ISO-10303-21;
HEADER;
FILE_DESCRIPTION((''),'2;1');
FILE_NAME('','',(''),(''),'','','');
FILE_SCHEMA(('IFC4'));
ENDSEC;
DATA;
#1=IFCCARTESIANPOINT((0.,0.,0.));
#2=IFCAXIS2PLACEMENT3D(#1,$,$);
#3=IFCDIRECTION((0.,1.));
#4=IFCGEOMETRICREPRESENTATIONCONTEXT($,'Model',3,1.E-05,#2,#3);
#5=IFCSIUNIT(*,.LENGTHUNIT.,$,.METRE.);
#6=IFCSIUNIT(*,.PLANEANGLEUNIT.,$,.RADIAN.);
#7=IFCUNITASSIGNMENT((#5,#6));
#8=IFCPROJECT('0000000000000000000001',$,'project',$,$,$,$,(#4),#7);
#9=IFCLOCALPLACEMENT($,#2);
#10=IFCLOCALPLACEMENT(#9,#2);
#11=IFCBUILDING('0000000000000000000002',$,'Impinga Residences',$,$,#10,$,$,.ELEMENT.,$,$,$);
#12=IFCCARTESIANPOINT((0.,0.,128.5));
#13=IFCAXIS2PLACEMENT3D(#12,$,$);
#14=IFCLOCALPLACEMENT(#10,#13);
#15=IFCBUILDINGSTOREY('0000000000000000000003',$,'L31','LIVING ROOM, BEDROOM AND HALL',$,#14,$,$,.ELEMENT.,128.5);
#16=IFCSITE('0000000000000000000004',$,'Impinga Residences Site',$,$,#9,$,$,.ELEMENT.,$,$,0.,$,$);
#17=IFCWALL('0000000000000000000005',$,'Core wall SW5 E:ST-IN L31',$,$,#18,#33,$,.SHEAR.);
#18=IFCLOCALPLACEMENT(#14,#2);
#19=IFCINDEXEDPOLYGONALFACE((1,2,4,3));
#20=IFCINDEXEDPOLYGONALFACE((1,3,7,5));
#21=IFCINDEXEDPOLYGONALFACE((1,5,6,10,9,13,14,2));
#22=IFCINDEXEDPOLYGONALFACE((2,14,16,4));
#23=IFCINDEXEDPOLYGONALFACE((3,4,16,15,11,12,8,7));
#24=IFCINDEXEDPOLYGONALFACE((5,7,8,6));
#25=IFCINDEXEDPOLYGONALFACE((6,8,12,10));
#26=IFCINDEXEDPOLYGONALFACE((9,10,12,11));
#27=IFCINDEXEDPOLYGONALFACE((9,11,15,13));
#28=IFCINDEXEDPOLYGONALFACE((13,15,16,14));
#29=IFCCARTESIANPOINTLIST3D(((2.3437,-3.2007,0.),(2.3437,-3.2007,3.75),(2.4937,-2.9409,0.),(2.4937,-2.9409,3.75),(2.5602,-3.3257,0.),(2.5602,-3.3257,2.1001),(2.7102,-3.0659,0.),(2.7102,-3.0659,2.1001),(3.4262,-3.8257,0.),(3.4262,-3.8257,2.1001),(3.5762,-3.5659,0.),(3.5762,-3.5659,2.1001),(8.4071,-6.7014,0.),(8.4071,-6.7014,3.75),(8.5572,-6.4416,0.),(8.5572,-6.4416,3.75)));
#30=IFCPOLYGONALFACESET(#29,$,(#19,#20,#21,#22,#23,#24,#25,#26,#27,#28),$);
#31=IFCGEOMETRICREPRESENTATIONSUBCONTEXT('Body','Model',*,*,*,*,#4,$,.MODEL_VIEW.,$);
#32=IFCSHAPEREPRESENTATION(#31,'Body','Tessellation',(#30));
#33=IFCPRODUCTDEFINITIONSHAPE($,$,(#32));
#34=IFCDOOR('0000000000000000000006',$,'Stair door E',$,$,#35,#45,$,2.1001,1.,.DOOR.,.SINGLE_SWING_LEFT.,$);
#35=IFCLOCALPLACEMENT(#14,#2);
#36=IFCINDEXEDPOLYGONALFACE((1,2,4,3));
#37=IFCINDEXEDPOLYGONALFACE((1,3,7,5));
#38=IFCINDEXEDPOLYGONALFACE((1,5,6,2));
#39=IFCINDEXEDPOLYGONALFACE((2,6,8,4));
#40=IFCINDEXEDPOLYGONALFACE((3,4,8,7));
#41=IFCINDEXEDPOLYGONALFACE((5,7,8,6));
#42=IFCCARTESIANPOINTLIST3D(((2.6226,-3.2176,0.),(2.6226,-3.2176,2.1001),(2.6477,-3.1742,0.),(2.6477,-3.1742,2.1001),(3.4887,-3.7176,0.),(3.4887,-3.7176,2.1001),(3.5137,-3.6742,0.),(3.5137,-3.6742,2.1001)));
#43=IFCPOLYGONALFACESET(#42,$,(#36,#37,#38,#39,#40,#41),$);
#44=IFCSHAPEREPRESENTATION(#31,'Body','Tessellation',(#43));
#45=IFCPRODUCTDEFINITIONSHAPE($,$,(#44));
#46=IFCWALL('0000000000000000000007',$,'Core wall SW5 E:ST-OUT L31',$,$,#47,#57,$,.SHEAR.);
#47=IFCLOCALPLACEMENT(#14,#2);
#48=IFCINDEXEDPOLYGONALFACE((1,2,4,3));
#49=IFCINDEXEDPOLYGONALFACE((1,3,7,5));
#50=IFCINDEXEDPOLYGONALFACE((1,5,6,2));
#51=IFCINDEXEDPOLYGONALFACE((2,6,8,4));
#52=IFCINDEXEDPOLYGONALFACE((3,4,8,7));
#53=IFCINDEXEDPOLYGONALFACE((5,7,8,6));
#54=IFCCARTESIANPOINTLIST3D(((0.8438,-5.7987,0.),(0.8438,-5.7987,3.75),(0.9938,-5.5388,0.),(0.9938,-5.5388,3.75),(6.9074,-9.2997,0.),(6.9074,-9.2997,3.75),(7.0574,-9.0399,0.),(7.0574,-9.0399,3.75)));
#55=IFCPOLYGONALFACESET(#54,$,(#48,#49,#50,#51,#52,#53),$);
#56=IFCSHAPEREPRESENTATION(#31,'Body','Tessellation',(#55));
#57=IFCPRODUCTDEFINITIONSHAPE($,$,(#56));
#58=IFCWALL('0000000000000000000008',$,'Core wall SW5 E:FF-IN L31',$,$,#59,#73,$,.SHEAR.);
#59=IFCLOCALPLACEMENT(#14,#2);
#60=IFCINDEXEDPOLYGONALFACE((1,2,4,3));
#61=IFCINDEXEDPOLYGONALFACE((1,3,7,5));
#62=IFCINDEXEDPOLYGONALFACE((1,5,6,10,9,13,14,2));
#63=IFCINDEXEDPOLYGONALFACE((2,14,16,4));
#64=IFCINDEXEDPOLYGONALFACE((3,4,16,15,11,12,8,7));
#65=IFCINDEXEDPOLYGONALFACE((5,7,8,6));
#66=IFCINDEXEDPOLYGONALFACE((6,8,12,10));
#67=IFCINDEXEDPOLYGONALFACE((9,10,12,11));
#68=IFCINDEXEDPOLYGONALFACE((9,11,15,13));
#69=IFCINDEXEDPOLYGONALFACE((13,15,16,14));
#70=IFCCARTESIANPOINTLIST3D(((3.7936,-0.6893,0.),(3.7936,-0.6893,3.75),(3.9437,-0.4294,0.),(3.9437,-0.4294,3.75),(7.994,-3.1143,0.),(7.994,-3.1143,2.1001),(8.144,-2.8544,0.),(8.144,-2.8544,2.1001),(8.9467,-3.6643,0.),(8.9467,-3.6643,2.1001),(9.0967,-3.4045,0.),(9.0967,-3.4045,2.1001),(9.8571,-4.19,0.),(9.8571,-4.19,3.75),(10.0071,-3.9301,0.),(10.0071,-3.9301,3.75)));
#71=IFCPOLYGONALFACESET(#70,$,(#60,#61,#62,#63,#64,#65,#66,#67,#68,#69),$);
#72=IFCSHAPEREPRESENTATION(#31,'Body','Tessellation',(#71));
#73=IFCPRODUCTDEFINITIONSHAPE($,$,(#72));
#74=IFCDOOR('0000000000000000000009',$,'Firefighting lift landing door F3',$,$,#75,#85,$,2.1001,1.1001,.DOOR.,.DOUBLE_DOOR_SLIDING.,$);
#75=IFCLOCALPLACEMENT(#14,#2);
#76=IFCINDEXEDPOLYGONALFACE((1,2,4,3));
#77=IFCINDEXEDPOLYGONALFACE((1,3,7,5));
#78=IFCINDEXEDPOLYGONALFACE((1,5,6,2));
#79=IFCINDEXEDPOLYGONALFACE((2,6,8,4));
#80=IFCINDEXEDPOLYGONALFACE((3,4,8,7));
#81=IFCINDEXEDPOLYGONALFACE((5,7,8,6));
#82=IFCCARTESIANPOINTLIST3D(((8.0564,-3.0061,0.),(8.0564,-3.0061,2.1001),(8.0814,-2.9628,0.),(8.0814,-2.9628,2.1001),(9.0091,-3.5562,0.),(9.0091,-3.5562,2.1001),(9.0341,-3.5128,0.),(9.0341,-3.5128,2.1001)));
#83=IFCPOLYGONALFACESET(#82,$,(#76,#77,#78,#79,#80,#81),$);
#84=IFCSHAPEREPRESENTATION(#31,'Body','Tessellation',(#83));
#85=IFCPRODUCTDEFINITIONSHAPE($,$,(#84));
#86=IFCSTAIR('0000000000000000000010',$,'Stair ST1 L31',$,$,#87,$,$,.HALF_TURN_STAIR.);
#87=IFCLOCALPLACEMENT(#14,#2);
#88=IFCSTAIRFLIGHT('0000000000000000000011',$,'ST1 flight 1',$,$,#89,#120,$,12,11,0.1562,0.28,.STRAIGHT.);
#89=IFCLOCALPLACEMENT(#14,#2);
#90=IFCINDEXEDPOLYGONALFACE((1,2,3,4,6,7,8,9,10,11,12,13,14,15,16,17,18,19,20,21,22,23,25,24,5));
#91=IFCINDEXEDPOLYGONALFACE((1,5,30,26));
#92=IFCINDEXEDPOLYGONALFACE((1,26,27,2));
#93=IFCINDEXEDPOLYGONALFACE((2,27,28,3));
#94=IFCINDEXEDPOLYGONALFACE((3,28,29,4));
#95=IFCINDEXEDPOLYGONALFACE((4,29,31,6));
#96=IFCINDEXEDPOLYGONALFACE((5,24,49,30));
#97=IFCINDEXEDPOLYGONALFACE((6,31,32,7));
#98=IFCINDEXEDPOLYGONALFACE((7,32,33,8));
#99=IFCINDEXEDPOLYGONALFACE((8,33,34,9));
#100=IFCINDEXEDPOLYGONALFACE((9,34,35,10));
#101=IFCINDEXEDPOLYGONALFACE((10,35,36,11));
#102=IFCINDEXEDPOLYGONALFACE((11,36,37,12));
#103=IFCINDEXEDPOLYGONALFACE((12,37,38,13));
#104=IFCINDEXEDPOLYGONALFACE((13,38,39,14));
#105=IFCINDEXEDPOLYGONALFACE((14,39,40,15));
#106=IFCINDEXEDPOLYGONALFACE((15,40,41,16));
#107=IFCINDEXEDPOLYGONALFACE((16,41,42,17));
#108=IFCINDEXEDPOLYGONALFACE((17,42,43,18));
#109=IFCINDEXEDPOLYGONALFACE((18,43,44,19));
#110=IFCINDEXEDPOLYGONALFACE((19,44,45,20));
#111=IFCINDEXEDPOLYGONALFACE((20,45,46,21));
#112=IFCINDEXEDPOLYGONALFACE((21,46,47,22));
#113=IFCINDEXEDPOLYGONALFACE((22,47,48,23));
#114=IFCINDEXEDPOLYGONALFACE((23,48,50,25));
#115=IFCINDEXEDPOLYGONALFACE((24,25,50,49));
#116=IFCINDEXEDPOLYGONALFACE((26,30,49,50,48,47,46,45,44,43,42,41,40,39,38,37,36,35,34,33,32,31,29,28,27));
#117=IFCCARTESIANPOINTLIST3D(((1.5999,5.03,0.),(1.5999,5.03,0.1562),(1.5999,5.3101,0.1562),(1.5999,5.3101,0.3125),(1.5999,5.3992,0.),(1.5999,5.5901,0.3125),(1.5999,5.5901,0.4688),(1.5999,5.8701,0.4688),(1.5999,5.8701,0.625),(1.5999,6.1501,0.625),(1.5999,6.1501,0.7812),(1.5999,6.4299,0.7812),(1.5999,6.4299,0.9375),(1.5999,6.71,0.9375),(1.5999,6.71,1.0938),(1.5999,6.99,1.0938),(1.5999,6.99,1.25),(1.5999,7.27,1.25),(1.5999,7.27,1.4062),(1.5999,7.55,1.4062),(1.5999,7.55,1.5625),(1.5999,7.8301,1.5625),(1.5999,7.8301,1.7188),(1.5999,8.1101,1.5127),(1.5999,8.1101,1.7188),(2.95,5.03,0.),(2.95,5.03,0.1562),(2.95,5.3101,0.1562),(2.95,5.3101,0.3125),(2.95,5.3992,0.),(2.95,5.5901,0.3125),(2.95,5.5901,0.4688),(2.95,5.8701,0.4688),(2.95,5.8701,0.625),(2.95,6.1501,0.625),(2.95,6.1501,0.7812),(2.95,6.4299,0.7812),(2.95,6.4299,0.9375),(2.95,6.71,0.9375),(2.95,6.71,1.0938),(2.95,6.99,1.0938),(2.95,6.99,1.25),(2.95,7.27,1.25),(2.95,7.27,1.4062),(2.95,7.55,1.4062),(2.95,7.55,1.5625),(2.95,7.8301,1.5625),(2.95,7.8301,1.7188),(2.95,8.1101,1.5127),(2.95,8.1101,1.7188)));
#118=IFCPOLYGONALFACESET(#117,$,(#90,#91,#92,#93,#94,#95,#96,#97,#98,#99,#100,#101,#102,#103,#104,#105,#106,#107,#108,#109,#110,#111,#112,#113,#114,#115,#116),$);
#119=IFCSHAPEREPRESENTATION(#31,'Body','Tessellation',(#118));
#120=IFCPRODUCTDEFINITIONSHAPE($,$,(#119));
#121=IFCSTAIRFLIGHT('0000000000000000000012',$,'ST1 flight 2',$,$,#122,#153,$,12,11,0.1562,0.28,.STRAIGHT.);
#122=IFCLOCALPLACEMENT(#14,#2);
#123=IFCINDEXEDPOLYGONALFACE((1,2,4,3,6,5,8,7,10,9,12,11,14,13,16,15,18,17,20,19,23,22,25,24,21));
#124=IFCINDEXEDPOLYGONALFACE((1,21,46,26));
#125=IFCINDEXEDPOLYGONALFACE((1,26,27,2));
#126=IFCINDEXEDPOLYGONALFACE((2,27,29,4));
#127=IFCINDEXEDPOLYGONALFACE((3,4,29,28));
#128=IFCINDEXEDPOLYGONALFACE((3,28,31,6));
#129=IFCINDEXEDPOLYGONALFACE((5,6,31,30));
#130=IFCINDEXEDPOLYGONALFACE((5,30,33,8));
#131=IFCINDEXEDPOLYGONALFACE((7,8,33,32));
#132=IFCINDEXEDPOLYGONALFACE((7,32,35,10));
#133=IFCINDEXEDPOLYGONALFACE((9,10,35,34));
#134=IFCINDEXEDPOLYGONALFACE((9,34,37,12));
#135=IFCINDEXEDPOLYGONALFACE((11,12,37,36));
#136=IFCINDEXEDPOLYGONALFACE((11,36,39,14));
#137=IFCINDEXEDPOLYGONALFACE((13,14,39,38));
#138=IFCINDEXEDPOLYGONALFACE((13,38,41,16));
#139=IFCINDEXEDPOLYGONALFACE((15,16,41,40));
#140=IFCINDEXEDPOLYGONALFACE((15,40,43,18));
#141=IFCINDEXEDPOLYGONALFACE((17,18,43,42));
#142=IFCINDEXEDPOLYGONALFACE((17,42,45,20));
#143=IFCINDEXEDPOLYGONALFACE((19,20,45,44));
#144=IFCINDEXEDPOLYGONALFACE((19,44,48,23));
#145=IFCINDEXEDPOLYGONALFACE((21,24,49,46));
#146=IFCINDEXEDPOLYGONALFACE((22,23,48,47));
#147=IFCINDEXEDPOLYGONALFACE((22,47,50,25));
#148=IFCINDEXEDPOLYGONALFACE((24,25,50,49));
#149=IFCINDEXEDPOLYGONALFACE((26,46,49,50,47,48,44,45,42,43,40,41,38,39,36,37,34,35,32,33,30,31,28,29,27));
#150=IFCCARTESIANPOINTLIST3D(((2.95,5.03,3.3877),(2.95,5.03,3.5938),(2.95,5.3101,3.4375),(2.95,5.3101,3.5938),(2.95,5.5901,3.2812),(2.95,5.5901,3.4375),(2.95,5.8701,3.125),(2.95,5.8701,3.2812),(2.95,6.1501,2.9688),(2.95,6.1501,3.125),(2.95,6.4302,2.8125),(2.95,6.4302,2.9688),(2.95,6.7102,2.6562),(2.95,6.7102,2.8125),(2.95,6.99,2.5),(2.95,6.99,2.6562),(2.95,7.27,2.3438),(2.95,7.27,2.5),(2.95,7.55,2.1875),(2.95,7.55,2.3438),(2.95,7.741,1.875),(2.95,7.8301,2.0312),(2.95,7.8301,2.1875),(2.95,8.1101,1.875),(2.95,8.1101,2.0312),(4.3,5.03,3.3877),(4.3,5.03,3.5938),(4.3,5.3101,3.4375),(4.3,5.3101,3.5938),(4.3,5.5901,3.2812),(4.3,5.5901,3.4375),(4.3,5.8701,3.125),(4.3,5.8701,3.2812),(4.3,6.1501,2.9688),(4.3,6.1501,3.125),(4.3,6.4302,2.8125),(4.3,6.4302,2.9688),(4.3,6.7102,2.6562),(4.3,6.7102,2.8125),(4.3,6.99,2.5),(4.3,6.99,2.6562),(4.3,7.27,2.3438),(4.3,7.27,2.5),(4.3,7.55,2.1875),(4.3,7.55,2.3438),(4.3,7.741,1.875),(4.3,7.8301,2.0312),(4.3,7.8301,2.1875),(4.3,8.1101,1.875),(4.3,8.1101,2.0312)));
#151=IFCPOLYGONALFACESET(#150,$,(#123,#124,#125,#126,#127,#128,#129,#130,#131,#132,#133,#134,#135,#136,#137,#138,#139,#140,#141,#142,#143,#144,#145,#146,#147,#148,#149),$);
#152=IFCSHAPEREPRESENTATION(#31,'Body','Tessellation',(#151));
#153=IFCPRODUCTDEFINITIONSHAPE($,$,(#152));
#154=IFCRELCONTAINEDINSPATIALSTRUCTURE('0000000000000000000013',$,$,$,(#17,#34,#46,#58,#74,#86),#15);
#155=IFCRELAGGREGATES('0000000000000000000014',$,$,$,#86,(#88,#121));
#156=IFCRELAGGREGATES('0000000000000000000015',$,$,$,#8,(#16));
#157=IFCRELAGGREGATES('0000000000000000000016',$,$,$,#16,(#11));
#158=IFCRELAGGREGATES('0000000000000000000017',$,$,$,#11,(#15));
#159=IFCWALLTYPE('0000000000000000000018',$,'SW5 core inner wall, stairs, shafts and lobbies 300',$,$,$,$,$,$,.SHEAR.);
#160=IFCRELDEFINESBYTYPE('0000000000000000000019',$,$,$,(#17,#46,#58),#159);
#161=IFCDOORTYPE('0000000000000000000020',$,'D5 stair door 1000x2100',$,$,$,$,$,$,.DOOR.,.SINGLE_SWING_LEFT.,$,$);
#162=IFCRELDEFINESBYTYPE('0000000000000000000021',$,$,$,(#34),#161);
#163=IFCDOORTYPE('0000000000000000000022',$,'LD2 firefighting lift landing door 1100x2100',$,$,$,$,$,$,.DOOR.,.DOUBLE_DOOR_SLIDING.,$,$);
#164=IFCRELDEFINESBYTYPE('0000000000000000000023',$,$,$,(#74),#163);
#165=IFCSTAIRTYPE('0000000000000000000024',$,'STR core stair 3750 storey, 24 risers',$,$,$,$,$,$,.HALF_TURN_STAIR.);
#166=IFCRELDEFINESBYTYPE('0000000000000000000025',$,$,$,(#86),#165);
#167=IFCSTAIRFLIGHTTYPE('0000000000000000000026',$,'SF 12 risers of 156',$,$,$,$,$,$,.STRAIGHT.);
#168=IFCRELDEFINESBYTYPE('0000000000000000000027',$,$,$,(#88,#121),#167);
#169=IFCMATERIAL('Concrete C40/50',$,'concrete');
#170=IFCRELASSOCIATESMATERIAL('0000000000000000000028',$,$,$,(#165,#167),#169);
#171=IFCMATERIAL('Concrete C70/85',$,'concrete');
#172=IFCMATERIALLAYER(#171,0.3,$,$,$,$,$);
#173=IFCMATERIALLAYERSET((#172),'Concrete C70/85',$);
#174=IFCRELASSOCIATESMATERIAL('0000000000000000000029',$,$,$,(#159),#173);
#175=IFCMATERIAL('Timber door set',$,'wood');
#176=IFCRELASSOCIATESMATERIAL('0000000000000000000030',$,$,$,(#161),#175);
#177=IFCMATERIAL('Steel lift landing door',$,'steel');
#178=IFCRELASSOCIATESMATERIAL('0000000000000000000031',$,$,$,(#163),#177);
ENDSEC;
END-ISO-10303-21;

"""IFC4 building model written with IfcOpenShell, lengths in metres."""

from ifc_helpers import new_model, si_unit, direction, frame, frame_2d, origin, place, context, subcontext, project, spatial, polyline, rectangle, outline, extrude, material, layer, layer_set, type_object, element, fill, aggregate, save


model = new_model("IFC4")

# Units and contexts
model_context = context("Model", 3, precision=1e-05, world=origin(), true_north=direction((0.0, 1.0)))
body_context = subcontext(model_context, "Body", "Model", "MODEL_VIEW")
ifc_project = project(units=[si_unit("LENGTHUNIT", "METRE"), si_unit("PLANEANGLEUNIT", "RADIAN")], contexts=[model_context])

# Site, building, storey
site_placement = place(None, origin())
site = spatial("IfcSite", under=ifc_project, at=site_placement, Name="Impinga Residences Site", CompositionType="ELEMENT", RefElevation=0.0)
building_placement = place(site_placement, origin())
building = spatial("IfcBuilding", under=site, at=building_placement, Name="Impinga Residences", CompositionType="ELEMENT")
storey_placement = place(building_placement, frame((0.0, 0.0, 128.5)))
storey = spatial("IfcBuildingStorey", under=building, at=storey_placement, Name="L31", Description="LIVING ROOM, BEDROOM AND HALL", CompositionType="ELEMENT", Elevation=128.5)

# Shared definitions
ifc_material_1 = material(Name="Concrete C40/50", Category="concrete")
stair_type_1 = type_object("IfcStairType", Name="STR core stair 3750 storey, 24 risers", PredefinedType="HALF_TURN_STAIR", material=ifc_material_1)

# Shared definitions
ifc_material_2 = material(Name="Concrete C70/85", Category="concrete")
ifc_layer_1 = layer(ifc_material_2, 0.3)
ifc_layer_set_1 = layer_set([ifc_layer_1], Name="Concrete C70/85")
wall_type = type_object("IfcWallType", Name="SW5 core inner wall, stairs, shafts and lobbies 300", PredefinedType="SHEAR", material=ifc_layer_set_1)
ifc_material_3 = material(Name="Timber door set", Category="wood")
door_type_1 = type_object("IfcDoorType", Name="D5 stair door 1000x2100", OperationType="SINGLE_SWING_LEFT", PredefinedType="DOOR", material=ifc_material_3)

# Wall, opening, door
wall_1_placement = place(storey_placement, frame((2.4187, -3.0708, 0.0), z_axis=(0.0, 0.0, 1.0), x_axis=(0.866026, -0.499998, 0.0)))
wall_1 = element("IfcWall", 1, at=wall_1_placement, inside=storey, type_object=wall_type, Name="Core wall SW5 E:ST-IN L31", PredefinedType="SHEAR", context=body_context, shape_type="SweptSolid", body=[
    extrude(rectangle(XDim=7.0015, YDim=0.3, at=frame_2d((3.5007, 0.0))), origin(), (0.0, 0.0, 1.0), 3.75),
])
opening_1_placement = place(wall_1_placement, frame((0.25, 0.0, 0.0)))
opening_1 = element("IfcOpeningElement", 2, at=opening_1_placement, cuts=wall_1, PredefinedType="OPENING", context=body_context, shape_type="SweptSolid", body=[
    extrude(rectangle(XDim=1.0, YDim=2.1001, at=frame_2d((0.5, 1.05))), frame((0.0, 0.1599, 0.0), z_axis=(0.0, -1.0, 0.0), x_axis=(1.0, 0.0, 0.0)), (0.0, 0.0, 1.0), 0.3201),
])
door_1_placement = place(opening_1_placement, origin())
door_1 = element("IfcDoor", 3, at=door_1_placement, inside=storey, type_object=door_type_1, Name="Stair door E", OperationType="SINGLE_SWING_LEFT", OverallHeight=2.1001, OverallWidth=1.0, PredefinedType="DOOR", context=body_context, shape_type="SweptSolid", body=[
    extrude(rectangle(XDim=1.0, YDim=2.1001, at=frame_2d((0.5, 1.05))), frame((0.0, 0.0249, 0.0), z_axis=(0.0, -1.0, 0.0), x_axis=(1.0, 0.0, 0.0)), (0.0, 0.0, 1.0), 0.05),
])
fill(opening_1, door_1)

# Wall
wall_2_placement = place(storey_placement, frame((0.9187, -5.6687, 0.0), z_axis=(0.0, 0.0, 1.0), x_axis=(0.866011, -0.500024, 0.0)))
element("IfcWall", 4, at=wall_2_placement, inside=storey, type_object=wall_type, Name="Core wall SW5 E:ST-OUT L31", PredefinedType="SHEAR", context=body_context, shape_type="SweptSolid", body=[
    extrude(rectangle(XDim=7.0017, YDim=0.3, at=frame_2d((3.501, 0.0))), origin(), (0.0, 0.0, 1.0), 3.75),
])

# Wall, opening, door
wall_3_placement = place(storey_placement, frame((3.8687, -0.5593, 0.0), z_axis=(0.0, 0.0, 1.0), x_axis=(0.866026, -0.499998, 0.0)))
wall_3 = element("IfcWall", 5, at=wall_3_placement, inside=storey, type_object=wall_type, Name="Core wall SW5 E:FF-IN L31", PredefinedType="SHEAR", context=body_context, shape_type="SweptSolid", body=[
    extrude(rectangle(XDim=7.0015, YDim=0.3, at=frame_2d((3.5007, 0.0))), origin(), (0.0, 0.0, 1.0), 3.75),
])
opening_2_placement = place(wall_3_placement, frame((4.8501, 0.0, 0.0)))
opening_2 = element("IfcOpeningElement", 6, at=opening_2_placement, cuts=wall_3, PredefinedType="OPENING", context=body_context, shape_type="SweptSolid", body=[
    extrude(rectangle(XDim=1.1001, YDim=2.1001, at=frame_2d((0.55, 1.05))), frame((0.0, 0.1599, 0.0), z_axis=(0.0, -1.0, 0.0), x_axis=(1.0, 0.0, 0.0)), (0.0, 0.0, 1.0), 0.3201),
])
ifc_material_4 = material(Name="Steel lift landing door", Category="steel")
door_type_2 = type_object("IfcDoorType", Name="LD2 firefighting lift landing door 1100x2100", OperationType="DOUBLE_DOOR_SLIDING", PredefinedType="DOOR", material=ifc_material_4)
door_2_placement = place(opening_2_placement, origin())
door_2 = element("IfcDoor", 7, at=door_2_placement, inside=storey, type_object=door_type_2, Name="Firefighting lift landing door F3", OperationType="DOUBLE_DOOR_SLIDING", OverallHeight=2.1001, OverallWidth=1.1001, PredefinedType="DOOR", context=body_context, shape_type="SweptSolid", body=[
    extrude(rectangle(XDim=1.1001, YDim=2.1001, at=frame_2d((0.55, 1.05))), frame((0.0, 0.0249, 0.0), z_axis=(0.0, -1.0, 0.0), x_axis=(1.0, 0.0, 0.0)), (0.0, 0.0, 1.0), 0.05),
])
fill(opening_2, door_2)

# Stair, stair flights
stair_1_placement = place(storey_placement, origin())
stair_1 = element("IfcStair", 8, at=stair_1_placement, inside=storey, type_object=stair_type_1, Name="Stair ST1 L31", PredefinedType="HALF_TURN_STAIR")
stair_flight_type = type_object("IfcStairFlightType", Name="SF 12 risers of 156", PredefinedType="STRAIGHT", material=ifc_material_1)
stair_flight_1_placement = place(storey_placement, frame((2.2749, 5.03, 0.0), z_axis=(0.0, 0.0, 1.0), x_axis=(0.0, 1.0, 0.0)))
stair_flight_1 = element("IfcStairFlight", 9, at=stair_flight_1_placement, type_object=stair_flight_type, Name="ST1 flight 1", NumberOfRisers=12, NumberOfTreads=11, PredefinedType="STRAIGHT", RiserHeight=0.1562, TreadLength=0.28, context=body_context, shape_type="SweptSolid", body=[
    extrude(outline(polyline([(0.0, 0.0), (0.0, 0.1562), (0.28, 0.1562), (0.28, 0.3125), (0.5601, 0.3125), (0.5601, 0.4688), (0.8401, 0.4688), (0.8401, 0.625), (1.1201, 0.625), (1.1201, 0.7812), (1.3999, 0.7812), (1.3999, 0.9375), (1.6799, 0.9375), (1.6799, 1.0938), (1.96, 1.0938), (1.96, 1.25), (2.24, 1.25), (2.24, 1.4062), (2.52, 1.4062), (2.52, 1.5625), (2.8, 1.5625), (2.8, 1.7188), (3.0801, 1.7188), (3.0801, 1.875), (3.0801, 1.5127), (0.3691, 0.0), (0.0, 0.0)])), frame((0.0, 0.675, 0.0), z_axis=(0.0, -1.0, 0.0), x_axis=(1.0, 0.0, 0.0)), (0.0, 0.0, 1.0), 1.3501),
])
stair_flight_2_placement = place(storey_placement, frame((3.625, 8.1101, 1.875), z_axis=(0.0, 0.0, 1.0), x_axis=(0.0, -1.0, 0.0)))
stair_flight_2 = element("IfcStairFlight", 10, at=stair_flight_2_placement, type_object=stair_flight_type, Name="ST1 flight 2", NumberOfRisers=12, NumberOfTreads=11, PredefinedType="STRAIGHT", RiserHeight=0.1562, TreadLength=0.28, context=body_context, shape_type="SweptSolid", body=[
    extrude(outline(polyline([(0.0, 0.0), (0.0, 0.1562), (0.28, 0.1562), (0.28, 0.3125), (0.5601, 0.3125), (0.5601, 0.4688), (0.8401, 0.4688), (0.8401, 0.625), (1.1201, 0.625), (1.1201, 0.7812), (1.3999, 0.7812), (1.3999, 0.9375), (1.6799, 0.9375), (1.6799, 1.0938), (1.96, 1.0938), (1.96, 1.25), (2.24, 1.25), (2.24, 1.4062), (2.52, 1.4062), (2.52, 1.5625), (2.8, 1.5625), (2.8, 1.7188), (3.0801, 1.7188), (3.0801, 1.875), (3.0801, 1.5127), (0.3691, 0.0), (0.0, 0.0)])), frame((0.0, 0.675, 0.0), z_axis=(0.0, -1.0, 0.0), x_axis=(1.0, 0.0, 0.0)), (0.0, 0.0, 1.0), 1.3501),
])
aggregate(stair_1, [stair_flight_1, stair_flight_2])

save(model, "model.ifc")
